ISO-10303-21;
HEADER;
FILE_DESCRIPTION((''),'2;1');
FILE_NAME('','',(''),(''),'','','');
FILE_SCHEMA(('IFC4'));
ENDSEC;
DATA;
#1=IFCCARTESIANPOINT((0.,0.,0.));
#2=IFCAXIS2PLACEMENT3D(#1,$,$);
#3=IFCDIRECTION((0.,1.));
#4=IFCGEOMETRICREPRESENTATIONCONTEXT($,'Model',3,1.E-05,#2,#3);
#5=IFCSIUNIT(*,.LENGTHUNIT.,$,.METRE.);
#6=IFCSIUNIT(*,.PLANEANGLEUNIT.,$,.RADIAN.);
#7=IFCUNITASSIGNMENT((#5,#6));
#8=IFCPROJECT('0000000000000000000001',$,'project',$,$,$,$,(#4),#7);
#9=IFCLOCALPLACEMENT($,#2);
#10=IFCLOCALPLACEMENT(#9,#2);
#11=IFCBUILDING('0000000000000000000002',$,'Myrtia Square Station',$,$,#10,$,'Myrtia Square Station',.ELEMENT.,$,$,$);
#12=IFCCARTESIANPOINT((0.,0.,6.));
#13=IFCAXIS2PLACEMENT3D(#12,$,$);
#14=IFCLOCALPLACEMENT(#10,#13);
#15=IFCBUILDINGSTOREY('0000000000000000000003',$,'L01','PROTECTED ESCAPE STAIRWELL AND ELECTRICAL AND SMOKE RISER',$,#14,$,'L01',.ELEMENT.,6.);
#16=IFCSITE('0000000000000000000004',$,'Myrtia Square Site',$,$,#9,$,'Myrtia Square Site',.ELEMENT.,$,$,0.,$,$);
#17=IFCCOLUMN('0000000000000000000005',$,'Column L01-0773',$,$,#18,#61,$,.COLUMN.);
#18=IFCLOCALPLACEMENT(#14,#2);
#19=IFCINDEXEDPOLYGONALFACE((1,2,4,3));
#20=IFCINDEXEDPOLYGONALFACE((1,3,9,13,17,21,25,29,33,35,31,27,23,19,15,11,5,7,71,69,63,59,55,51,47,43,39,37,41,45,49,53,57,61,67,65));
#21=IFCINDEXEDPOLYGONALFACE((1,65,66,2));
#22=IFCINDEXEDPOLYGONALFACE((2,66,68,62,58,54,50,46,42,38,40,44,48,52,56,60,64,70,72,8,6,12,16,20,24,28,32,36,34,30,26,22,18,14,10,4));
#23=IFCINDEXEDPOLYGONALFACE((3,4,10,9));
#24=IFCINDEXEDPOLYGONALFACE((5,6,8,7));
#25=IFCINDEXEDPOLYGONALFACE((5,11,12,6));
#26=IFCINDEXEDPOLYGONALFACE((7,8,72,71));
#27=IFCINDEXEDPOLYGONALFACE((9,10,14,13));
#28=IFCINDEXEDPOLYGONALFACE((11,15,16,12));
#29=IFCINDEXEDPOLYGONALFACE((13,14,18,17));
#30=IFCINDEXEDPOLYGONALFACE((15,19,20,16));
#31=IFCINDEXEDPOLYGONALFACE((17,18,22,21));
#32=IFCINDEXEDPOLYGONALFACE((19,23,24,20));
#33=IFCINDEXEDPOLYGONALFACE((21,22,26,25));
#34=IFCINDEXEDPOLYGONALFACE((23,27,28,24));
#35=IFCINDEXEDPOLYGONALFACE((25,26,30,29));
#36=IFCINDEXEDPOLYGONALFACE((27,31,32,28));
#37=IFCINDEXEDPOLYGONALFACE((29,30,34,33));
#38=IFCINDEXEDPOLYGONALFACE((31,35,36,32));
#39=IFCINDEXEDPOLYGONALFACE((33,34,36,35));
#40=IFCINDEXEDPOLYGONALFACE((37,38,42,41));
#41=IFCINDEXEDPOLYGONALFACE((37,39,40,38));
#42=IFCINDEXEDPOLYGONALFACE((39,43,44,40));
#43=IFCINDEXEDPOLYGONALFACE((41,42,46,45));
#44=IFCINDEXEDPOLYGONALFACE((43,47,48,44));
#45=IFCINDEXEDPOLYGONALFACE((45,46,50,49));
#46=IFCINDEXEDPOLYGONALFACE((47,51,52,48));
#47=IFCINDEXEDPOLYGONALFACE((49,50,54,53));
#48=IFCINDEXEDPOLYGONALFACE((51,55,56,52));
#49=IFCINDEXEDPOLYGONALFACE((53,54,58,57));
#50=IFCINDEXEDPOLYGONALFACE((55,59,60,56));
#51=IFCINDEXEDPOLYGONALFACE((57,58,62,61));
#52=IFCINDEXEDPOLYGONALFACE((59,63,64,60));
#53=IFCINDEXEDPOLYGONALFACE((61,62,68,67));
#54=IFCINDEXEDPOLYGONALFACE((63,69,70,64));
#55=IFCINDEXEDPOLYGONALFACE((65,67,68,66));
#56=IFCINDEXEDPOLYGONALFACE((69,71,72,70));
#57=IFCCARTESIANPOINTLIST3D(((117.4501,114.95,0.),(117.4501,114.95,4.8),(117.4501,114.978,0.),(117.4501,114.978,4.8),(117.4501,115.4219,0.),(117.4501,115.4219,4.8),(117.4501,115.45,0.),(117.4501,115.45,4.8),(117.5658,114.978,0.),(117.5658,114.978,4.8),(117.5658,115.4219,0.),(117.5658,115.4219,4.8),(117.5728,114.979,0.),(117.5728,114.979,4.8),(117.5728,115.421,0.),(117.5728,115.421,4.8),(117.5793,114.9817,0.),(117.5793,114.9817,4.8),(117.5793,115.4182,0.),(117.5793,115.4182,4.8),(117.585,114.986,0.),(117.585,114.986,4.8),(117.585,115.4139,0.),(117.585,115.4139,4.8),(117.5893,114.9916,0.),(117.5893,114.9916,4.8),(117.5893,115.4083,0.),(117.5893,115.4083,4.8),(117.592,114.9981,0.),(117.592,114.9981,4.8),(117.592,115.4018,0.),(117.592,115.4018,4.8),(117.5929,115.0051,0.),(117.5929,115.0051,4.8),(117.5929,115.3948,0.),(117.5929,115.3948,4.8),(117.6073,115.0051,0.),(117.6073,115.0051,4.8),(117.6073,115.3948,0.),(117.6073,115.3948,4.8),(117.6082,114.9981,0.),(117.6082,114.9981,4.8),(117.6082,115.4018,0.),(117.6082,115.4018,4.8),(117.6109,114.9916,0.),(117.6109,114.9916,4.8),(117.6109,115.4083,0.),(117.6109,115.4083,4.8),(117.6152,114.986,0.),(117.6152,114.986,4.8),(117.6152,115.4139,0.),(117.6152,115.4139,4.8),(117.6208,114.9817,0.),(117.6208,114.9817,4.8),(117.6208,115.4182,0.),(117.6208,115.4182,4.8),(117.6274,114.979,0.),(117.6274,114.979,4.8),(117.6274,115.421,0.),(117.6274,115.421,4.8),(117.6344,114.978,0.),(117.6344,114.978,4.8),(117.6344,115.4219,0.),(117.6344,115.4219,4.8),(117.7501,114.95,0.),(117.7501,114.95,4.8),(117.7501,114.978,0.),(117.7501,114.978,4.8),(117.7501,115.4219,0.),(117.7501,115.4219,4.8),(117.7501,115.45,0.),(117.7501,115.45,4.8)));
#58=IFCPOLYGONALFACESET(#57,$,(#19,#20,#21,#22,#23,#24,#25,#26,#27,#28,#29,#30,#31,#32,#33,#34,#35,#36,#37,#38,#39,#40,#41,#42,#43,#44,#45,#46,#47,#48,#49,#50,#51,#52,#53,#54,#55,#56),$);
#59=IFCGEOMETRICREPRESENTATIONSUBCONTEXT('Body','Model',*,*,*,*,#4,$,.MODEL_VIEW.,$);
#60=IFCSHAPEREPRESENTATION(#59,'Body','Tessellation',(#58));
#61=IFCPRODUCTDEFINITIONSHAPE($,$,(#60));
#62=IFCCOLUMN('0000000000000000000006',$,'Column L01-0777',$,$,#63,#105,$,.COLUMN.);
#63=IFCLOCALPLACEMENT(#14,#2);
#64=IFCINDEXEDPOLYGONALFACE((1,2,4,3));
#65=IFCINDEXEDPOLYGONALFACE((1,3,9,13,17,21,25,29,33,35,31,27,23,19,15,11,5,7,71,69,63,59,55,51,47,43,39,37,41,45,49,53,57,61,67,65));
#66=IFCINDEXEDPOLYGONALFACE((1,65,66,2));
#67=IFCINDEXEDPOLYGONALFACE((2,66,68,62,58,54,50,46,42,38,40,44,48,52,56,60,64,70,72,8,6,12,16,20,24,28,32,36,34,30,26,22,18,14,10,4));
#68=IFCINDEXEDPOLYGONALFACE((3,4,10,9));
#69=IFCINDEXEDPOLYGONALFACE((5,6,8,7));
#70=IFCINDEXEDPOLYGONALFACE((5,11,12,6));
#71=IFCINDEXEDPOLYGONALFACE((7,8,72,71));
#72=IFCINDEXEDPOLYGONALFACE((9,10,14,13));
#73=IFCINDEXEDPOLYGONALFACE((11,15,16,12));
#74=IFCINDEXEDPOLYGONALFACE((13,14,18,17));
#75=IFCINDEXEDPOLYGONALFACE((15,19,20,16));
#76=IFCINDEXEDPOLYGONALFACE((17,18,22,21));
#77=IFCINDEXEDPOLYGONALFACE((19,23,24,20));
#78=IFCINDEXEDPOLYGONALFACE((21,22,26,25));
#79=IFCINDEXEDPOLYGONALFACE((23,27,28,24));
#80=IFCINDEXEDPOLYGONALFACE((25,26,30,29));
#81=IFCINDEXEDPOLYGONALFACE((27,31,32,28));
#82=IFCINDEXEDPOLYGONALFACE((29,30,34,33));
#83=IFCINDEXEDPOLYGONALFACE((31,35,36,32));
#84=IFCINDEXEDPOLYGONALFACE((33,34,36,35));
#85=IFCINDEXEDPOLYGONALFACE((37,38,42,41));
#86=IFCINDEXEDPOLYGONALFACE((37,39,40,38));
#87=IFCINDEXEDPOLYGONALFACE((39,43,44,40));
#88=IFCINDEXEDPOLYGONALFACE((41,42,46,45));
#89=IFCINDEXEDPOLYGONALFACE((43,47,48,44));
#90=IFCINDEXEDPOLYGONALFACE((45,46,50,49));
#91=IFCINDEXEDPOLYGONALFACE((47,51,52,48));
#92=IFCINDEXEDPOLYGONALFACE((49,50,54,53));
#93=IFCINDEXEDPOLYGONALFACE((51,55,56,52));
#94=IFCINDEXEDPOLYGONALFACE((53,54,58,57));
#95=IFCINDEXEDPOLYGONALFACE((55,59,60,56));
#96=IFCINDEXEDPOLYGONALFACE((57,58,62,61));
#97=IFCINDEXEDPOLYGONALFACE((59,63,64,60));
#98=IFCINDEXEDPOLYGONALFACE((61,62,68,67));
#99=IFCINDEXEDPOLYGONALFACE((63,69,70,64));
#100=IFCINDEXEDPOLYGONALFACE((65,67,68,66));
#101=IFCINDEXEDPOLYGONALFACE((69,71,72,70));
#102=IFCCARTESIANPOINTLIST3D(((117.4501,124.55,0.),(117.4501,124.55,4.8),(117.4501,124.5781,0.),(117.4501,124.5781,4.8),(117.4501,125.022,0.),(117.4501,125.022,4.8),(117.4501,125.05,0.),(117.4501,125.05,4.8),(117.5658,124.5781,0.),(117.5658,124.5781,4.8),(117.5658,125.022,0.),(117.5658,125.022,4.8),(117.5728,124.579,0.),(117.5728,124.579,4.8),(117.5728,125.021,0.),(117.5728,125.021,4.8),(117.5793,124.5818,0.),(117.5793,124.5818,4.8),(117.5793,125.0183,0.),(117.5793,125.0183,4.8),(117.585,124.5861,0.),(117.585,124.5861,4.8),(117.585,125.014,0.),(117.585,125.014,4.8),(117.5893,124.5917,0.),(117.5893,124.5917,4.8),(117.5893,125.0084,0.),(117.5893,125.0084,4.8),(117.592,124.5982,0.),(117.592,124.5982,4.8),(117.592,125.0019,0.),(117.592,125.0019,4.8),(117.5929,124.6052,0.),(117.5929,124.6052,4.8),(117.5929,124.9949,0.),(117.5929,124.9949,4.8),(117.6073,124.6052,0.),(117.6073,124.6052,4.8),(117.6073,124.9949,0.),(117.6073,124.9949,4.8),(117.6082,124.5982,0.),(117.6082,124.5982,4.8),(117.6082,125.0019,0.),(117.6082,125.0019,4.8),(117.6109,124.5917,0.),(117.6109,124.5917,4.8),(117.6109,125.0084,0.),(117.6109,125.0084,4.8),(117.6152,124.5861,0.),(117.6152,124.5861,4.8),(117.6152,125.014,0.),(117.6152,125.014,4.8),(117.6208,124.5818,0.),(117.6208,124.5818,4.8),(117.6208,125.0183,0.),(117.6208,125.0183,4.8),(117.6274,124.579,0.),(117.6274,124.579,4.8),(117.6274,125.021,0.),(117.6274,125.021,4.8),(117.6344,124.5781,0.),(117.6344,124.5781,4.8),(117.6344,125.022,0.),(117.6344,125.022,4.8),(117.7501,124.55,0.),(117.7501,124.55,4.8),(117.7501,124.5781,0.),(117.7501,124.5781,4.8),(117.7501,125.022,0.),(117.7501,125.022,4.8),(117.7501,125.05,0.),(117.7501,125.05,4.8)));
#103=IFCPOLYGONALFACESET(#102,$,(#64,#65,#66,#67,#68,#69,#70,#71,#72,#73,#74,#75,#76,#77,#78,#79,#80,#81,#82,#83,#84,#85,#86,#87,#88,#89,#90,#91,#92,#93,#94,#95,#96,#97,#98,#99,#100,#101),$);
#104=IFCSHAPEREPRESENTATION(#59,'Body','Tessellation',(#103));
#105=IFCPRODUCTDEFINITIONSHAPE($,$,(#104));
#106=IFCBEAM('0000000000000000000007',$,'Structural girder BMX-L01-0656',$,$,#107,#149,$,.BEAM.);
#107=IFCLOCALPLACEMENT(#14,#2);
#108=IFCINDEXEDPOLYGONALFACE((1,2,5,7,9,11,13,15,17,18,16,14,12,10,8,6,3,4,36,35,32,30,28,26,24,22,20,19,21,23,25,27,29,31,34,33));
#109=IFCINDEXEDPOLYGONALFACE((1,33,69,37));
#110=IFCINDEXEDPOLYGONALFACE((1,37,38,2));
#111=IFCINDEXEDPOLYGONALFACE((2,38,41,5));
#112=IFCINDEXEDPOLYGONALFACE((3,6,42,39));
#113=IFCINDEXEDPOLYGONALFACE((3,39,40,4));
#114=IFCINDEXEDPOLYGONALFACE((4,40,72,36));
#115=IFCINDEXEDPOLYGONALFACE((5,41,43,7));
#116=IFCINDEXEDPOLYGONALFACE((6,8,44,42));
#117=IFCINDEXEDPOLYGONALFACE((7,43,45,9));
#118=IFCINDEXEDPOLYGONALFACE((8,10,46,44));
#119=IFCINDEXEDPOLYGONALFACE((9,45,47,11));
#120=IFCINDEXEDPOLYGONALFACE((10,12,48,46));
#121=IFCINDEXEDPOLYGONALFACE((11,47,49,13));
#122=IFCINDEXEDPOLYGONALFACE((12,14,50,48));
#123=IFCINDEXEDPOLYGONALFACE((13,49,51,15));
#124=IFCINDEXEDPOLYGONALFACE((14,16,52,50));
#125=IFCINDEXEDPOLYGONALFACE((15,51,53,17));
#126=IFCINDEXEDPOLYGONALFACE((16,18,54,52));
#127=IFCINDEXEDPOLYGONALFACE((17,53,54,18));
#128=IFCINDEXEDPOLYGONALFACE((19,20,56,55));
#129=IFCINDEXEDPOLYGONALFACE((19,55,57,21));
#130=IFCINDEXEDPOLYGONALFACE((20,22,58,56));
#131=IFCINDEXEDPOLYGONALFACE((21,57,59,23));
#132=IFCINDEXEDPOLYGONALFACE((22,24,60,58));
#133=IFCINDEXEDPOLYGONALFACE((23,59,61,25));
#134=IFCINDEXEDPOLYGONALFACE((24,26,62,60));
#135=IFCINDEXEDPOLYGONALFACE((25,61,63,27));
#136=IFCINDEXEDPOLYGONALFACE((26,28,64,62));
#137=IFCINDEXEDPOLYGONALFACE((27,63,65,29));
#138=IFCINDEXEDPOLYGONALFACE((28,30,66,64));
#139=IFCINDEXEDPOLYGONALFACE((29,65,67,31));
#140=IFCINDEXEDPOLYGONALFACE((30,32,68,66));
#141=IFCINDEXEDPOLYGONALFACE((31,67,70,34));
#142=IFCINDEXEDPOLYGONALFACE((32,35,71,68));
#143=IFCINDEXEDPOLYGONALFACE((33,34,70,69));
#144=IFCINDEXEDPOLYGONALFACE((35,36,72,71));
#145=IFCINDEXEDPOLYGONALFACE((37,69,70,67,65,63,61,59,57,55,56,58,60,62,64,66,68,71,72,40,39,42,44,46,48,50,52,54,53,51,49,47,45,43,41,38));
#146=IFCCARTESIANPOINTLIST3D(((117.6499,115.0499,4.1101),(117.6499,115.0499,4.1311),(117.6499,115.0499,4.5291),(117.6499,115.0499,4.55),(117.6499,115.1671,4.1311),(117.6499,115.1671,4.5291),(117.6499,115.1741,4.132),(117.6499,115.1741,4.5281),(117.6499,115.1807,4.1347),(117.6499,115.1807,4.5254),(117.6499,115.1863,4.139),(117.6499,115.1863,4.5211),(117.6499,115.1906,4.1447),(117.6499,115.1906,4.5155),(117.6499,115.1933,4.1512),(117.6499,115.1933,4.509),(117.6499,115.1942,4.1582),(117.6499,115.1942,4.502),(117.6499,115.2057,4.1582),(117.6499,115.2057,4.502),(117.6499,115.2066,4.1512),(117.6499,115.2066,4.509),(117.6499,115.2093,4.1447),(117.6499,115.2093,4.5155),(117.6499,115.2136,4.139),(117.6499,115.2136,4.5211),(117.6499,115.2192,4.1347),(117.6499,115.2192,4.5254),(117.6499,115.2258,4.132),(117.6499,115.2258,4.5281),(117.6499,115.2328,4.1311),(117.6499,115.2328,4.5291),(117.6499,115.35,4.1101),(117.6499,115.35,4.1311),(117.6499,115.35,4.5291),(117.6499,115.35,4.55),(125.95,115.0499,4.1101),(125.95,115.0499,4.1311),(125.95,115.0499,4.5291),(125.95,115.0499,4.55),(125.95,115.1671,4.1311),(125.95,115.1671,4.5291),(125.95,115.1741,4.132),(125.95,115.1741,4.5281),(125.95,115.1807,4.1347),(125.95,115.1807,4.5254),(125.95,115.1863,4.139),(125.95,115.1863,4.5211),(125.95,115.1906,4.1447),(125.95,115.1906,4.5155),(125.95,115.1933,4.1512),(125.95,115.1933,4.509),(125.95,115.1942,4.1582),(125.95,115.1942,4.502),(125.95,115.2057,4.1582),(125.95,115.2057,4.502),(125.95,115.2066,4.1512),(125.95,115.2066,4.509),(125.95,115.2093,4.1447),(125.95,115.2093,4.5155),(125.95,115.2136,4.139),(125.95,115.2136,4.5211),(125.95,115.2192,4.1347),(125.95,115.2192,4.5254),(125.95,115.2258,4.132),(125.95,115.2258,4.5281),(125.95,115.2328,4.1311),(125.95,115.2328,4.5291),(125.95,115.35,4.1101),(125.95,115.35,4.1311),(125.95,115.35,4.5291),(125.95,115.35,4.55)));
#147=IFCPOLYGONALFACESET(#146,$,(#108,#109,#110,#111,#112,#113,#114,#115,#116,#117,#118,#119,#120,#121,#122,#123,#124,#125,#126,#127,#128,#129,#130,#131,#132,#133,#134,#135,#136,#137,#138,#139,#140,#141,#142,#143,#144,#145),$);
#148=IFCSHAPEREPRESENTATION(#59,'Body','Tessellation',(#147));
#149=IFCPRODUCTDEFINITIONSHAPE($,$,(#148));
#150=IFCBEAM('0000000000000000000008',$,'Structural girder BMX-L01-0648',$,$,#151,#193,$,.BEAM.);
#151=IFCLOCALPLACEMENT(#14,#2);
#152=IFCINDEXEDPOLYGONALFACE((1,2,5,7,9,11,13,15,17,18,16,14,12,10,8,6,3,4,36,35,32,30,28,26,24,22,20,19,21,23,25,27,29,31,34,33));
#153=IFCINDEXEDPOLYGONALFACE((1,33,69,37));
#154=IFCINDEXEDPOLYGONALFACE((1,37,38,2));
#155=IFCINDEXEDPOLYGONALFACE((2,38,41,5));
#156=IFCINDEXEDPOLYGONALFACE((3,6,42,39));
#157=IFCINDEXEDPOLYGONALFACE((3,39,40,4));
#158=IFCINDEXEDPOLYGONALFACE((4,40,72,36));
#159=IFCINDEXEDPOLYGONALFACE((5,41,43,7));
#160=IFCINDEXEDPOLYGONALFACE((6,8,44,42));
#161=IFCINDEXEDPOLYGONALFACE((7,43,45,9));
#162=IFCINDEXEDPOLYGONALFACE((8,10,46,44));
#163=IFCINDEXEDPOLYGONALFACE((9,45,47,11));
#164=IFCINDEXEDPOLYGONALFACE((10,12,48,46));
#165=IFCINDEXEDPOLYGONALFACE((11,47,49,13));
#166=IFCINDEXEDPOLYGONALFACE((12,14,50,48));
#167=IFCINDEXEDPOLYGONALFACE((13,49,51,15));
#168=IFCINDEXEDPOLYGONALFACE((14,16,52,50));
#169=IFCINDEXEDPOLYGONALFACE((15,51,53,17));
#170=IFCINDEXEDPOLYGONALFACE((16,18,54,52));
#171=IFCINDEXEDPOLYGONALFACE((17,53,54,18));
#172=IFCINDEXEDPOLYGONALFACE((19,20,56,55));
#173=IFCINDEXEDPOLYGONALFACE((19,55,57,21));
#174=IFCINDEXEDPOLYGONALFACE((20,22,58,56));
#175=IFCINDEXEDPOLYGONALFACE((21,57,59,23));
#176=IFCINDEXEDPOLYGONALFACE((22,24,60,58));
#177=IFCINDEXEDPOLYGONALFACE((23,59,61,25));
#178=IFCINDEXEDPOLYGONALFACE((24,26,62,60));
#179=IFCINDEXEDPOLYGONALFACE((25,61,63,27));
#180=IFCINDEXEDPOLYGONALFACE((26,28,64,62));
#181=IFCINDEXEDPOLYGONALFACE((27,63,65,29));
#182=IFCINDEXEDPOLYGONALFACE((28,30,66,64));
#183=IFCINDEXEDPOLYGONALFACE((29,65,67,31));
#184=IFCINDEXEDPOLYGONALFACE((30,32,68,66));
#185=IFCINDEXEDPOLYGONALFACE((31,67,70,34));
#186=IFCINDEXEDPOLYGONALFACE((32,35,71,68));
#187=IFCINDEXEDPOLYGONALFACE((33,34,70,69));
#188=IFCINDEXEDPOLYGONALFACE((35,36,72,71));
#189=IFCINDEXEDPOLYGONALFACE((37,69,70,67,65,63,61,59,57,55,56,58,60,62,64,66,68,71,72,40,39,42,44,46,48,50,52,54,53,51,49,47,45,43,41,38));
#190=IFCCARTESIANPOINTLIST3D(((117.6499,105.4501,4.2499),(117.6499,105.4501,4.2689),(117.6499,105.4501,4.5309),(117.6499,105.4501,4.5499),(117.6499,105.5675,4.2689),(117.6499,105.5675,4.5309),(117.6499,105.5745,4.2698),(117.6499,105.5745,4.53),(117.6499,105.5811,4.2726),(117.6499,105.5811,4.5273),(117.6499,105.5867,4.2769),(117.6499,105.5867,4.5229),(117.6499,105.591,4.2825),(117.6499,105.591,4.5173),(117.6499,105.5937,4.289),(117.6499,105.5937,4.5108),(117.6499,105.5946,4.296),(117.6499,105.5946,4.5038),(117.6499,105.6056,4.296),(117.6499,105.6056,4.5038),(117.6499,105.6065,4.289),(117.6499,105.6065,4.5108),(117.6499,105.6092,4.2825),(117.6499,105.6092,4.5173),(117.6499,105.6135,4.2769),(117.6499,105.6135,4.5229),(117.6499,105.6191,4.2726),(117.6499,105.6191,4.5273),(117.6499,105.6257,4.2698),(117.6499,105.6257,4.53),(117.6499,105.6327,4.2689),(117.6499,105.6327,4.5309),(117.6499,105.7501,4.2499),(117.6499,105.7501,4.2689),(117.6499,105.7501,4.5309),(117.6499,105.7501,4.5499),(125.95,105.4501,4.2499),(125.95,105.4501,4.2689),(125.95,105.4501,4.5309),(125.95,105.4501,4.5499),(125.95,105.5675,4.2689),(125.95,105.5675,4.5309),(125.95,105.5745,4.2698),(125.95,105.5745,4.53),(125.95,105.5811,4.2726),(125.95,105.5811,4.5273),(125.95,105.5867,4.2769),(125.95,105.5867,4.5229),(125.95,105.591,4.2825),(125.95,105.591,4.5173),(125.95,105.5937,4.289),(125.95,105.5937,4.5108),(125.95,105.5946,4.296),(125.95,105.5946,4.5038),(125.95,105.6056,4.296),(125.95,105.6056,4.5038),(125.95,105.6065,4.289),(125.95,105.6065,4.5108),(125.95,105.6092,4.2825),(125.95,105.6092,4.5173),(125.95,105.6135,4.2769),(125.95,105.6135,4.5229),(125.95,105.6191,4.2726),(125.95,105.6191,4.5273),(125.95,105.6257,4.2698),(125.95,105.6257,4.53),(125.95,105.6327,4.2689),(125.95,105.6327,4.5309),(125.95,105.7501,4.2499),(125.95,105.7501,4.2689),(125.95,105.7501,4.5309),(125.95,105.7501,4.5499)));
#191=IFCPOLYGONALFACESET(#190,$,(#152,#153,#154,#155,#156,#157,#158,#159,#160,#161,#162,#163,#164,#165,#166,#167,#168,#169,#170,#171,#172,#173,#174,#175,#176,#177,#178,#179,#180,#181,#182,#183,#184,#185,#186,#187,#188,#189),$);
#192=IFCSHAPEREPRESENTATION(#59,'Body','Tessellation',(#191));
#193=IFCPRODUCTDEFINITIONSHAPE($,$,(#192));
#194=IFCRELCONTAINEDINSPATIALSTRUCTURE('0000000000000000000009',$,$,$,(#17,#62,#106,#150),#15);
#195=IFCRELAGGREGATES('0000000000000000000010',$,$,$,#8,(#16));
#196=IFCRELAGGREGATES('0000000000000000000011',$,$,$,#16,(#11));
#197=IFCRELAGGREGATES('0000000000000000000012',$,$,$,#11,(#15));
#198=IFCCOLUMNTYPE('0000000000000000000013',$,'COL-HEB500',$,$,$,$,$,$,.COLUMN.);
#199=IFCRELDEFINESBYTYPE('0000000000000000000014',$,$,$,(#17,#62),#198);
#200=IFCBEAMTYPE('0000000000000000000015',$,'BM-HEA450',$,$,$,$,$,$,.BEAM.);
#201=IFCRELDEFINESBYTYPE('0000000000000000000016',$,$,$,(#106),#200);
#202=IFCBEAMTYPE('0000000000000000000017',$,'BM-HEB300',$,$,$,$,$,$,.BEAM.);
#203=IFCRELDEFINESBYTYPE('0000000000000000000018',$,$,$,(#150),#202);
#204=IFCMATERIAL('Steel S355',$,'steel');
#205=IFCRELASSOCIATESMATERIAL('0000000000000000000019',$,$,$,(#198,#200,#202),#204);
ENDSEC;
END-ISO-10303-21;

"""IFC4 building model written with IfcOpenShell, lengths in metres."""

from ifc_helpers import new_model, si_unit, direction, frame, origin, origin_2d, place, context, subcontext, project, spatial, i_section, extrude, material, material_profile, profile_set, type_object, element, save


model = new_model("IFC4")

# Units and contexts
model_context = context("Model", 3, precision=1e-05, world=origin(), true_north=direction((0.0, 1.0)))
body_context = subcontext(model_context, "Body", "Model", "MODEL_VIEW")
ifc_project = project(units=[si_unit("LENGTHUNIT", "METRE"), si_unit("PLANEANGLEUNIT", "RADIAN")], contexts=[model_context])

# Site, building, storey
site_placement = place(None, origin())
site = spatial("IfcSite", under=ifc_project, at=site_placement, Name="Myrtia Square Site", LongName="Myrtia Square Site", CompositionType="ELEMENT", RefElevation=0.0)
building_placement = place(site_placement, origin())
building = spatial("IfcBuilding", under=site, at=building_placement, Name="Myrtia Square Station", LongName="Myrtia Square Station", CompositionType="ELEMENT")
storey_placement = place(building_placement, frame((0.0, 0.0, 6.0)))
storey = spatial("IfcBuildingStorey", under=building, at=storey_placement, Name="L01", Description="PROTECTED ESCAPE STAIRWELL AND ELECTRICAL AND SMOKE RISER", LongName="L01", CompositionType="ELEMENT", Elevation=6.0)

# Columns
ifc_material_1 = material(Name="Steel S355", Category="steel")
ifc_material_profile_1 = material_profile(ifc_material_1, i_section(OverallWidth=0.3, OverallDepth=0.5, WebThickness=0.0144, FlangeThickness=0.0281, FilletRadius=0.0271, at=origin_2d()), Name="HEB 500")
ifc_profile_set_1 = profile_set([ifc_material_profile_1], Name="Steel S355")
column_type = type_object("IfcColumnType", Name="COL-HEB500", PredefinedType="COLUMN", material=ifc_profile_set_1)
for number, where, z_axis, x_axis, name in (
    (1, (117.6001, 115.2, 0.0), (0.0, 0.0, 1.0), (1.0, 0.0, 0.0), "Column L01-0773"),
    (2, (117.6001, 124.8, 0.0), (0.0, 0.0, 1.0), (1.0, 0.0, 0.0), "Column L01-0777"),
):
    element("IfcColumn", number, at=place(storey_placement, frame(where, z_axis=z_axis, x_axis=x_axis)), inside=storey, type_object=column_type, Name=name, PredefinedType="COLUMN", context=body_context, shape_type="SweptSolid", body=[
        extrude(i_section(OverallWidth=0.3, OverallDepth=0.5, WebThickness=0.0144, FlangeThickness=0.0281, FilletRadius=0.0271, at=origin_2d()), origin(), (0.0, 0.0, 1.0), 4.8),
    ])

# Beams
ifc_material_profile_2 = material_profile(ifc_material_1, i_section(OverallWidth=0.3, OverallDepth=0.4399, WebThickness=0.0115, FlangeThickness=0.021, FilletRadius=0.0271, at=origin_2d()), Name="HEA 450")
ifc_profile_set_2 = profile_set([ifc_material_profile_2], Name="Steel S355")
beam_type_1 = type_object("IfcBeamType", Name="BM-HEA450", PredefinedType="BEAM", material=ifc_profile_set_2)
beam_1_placement = place(storey_placement, frame((117.6499, 115.2, 4.3301), z_axis=(1.0, 0.0, 0.0), x_axis=(0.0, 1.0, 0.0)))
element("IfcBeam", 3, at=beam_1_placement, inside=storey, type_object=beam_type_1, Name="Structural girder BMX-L01-0656", PredefinedType="BEAM", context=body_context, shape_type="SweptSolid", body=[
    extrude(i_section(OverallWidth=0.3, OverallDepth=0.4399, WebThickness=0.0115, FlangeThickness=0.021, FilletRadius=0.0271, at=origin_2d()), origin(), (0.0, 0.0, 1.0), 8.3),
])
ifc_material_profile_3 = material_profile(ifc_material_1, i_section(OverallWidth=0.3, OverallDepth=0.3, WebThickness=0.011, FlangeThickness=0.019, FilletRadius=0.0271, at=origin_2d()), Name="HEB 300")
ifc_profile_set_3 = profile_set([ifc_material_profile_3], Name="Steel S355")
beam_type_2 = type_object("IfcBeamType", Name="BM-HEB300", PredefinedType="BEAM", material=ifc_profile_set_3)
beam_2_placement = place(storey_placement, frame((117.6499, 105.6001, 4.3999), z_axis=(1.0, 0.0, 0.0), x_axis=(0.0, 1.0, 0.0)))
element("IfcBeam", 4, at=beam_2_placement, inside=storey, type_object=beam_type_2, Name="Structural girder BMX-L01-0648", PredefinedType="BEAM", context=body_context, shape_type="SweptSolid", body=[
    extrude(i_section(OverallWidth=0.3, OverallDepth=0.3, WebThickness=0.011, FlangeThickness=0.019, FilletRadius=0.0271, at=origin_2d()), origin(), (0.0, 0.0, 1.0), 8.3),
])

save(model, "model.ifc")
